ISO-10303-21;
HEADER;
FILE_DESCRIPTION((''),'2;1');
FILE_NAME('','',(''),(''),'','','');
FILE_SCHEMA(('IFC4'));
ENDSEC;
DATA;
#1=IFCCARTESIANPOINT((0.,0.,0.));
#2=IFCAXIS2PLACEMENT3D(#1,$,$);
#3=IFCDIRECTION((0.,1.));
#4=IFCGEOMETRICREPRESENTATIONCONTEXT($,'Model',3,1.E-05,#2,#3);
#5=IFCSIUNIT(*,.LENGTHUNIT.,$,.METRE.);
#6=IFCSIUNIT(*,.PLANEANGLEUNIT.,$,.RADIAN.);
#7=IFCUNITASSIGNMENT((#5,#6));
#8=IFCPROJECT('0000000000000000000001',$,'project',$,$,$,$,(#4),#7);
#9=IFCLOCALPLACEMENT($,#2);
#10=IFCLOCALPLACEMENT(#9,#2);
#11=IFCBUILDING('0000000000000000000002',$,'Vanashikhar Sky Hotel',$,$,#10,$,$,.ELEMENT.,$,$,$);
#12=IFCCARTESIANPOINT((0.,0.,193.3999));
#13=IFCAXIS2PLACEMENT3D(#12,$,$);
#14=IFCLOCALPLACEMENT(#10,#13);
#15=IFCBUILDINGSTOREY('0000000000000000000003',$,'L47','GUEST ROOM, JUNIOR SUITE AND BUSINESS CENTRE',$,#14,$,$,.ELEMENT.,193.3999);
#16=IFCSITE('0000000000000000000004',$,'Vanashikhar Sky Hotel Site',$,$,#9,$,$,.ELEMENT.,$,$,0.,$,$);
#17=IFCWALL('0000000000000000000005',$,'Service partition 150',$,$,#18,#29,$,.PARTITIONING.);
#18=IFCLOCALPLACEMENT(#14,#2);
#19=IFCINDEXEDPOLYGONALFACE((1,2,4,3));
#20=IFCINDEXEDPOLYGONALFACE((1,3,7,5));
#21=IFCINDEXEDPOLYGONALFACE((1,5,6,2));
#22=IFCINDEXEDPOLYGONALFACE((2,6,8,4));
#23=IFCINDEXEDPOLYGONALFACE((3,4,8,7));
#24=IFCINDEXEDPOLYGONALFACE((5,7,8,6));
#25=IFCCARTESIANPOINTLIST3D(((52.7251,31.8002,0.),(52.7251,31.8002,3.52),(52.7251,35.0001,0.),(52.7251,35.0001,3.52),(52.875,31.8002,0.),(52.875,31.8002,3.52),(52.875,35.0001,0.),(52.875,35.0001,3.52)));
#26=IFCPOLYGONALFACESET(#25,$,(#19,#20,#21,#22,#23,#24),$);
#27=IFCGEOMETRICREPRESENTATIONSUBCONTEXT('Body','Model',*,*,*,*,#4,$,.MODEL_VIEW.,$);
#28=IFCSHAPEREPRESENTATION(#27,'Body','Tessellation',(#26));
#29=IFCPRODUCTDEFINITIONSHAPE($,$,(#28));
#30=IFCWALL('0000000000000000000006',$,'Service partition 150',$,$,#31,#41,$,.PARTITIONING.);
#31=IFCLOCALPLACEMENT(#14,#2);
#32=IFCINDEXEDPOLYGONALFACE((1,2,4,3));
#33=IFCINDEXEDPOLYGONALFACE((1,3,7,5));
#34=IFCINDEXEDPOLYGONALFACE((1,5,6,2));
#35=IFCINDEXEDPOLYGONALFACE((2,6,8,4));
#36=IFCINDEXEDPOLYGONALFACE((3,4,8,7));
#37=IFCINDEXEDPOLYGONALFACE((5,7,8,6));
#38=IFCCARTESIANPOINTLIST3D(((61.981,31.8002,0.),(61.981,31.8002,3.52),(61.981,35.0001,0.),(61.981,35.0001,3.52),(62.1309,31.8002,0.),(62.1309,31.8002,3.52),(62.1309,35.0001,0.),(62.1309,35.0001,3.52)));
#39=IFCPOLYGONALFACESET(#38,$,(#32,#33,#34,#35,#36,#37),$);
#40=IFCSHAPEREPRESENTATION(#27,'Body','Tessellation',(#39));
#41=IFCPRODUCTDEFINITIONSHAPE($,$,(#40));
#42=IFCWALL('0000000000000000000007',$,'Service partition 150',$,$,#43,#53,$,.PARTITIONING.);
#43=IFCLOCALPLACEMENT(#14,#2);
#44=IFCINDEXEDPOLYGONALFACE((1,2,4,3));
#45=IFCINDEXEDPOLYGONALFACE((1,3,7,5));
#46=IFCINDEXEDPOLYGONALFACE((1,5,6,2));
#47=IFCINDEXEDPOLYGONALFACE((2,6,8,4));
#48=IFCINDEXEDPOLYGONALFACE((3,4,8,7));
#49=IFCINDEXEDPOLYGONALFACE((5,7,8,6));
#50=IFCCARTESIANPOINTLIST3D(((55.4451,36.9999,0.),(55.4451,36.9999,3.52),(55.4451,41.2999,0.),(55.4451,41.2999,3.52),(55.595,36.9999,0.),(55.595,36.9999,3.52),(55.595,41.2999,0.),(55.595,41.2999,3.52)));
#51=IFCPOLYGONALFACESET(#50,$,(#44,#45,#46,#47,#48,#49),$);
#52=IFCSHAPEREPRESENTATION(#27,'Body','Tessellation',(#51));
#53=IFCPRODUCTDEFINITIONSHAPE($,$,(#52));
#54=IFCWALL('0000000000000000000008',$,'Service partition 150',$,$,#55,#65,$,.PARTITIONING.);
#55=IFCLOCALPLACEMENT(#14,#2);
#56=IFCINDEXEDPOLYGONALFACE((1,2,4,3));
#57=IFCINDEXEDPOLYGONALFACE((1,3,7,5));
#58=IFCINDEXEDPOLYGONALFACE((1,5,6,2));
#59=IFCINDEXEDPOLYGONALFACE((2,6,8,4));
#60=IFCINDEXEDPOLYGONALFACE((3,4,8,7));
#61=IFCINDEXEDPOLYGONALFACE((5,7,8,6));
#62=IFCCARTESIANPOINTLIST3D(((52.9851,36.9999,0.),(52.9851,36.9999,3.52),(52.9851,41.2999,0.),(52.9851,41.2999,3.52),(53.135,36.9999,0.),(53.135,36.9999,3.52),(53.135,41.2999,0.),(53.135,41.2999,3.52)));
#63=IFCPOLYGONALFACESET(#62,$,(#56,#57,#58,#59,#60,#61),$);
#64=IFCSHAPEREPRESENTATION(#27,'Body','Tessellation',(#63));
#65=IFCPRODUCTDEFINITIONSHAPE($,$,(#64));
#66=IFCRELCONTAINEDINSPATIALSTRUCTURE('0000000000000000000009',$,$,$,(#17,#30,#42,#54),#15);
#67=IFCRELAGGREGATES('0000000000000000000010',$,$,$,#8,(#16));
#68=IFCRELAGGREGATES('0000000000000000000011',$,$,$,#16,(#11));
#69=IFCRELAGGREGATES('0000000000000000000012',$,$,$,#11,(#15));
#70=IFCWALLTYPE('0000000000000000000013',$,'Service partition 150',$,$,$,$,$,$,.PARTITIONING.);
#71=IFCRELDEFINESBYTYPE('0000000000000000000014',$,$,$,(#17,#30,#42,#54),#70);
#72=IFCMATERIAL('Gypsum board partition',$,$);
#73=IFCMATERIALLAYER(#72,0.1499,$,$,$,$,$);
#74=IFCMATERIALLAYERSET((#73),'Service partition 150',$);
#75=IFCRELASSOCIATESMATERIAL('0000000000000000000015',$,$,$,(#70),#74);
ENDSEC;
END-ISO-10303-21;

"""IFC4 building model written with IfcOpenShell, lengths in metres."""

from ifc_helpers import new_model, si_unit, direction, frame, frame_2d, origin, place, context, subcontext, project, spatial, rectangle, extrude, source, transform, mapped, material, layer, layer_set, type_object, element, save


model = new_model("IFC4")

# Units and contexts
model_context = context("Model", 3, precision=1e-05, world=origin(), true_north=direction((0.0, 1.0)))
body_context = subcontext(model_context, "Body", "Model", "MODEL_VIEW")
ifc_project = project(units=[si_unit("LENGTHUNIT", "METRE"), si_unit("PLANEANGLEUNIT", "RADIAN")], contexts=[model_context])

# Site, building, storey
site_placement = place(None, origin())
site = spatial("IfcSite", under=ifc_project, at=site_placement, Name="Vanashikhar Sky Hotel Site", CompositionType="ELEMENT", RefElevation=0.0)
building_placement = place(site_placement, origin())
building = spatial("IfcBuilding", under=site, at=building_placement, Name="Vanashikhar Sky Hotel", CompositionType="ELEMENT")
storey_placement = place(building_placement, frame((0.0, 0.0, 193.3999)))
storey = spatial("IfcBuildingStorey", under=building, at=storey_placement, Name="L47", Description="GUEST ROOM, JUNIOR SUITE AND BUSINESS CENTRE", CompositionType="ELEMENT", Elevation=193.3999)

# Walls
ifc_material_1 = material(Name="Gypsum board partition")
ifc_layer_1 = layer(ifc_material_1, 0.1499)
ifc_layer_set_1 = layer_set([ifc_layer_1], Name="Service partition 150")
wall_type_1 = type_object("IfcWallType", Name="Service partition 150", PredefinedType="PARTITIONING", material=ifc_layer_set_1)
shared_shape_1 = source(origin(), body_context, "Body", "SweptSolid", [
    extrude(rectangle(XDim=3.2, YDim=0.1499, at=frame_2d((1.6001, 0.0))), origin(), (0.0, 0.0, 1.0), 3.52),
])
for number, where, z_axis, x_axis, name in (
    (1, (52.8, 31.8, 0.0), (0.0, 0.0, 1.0), (0.0, 1.0, 0.0), "Service partition 150"),
    (2, (62.0559, 31.8, 0.0), (0.0, 0.0, 1.0), (0.0, 1.0, 0.0), "Service partition 150"),
):
    element("IfcWall", number, at=place(storey_placement, frame(where, z_axis=z_axis, x_axis=x_axis)), inside=storey, type_object=wall_type_1, Name=name, PredefinedType="PARTITIONING", context=body_context, shape_type="MappedRepresentation", body=[
        mapped(shared_shape_1, transform((0.0, 0.0, 0.0), scale=1.0)),
    ])
shared_shape_2 = source(origin(), body_context, "Body", "SweptSolid", [
    extrude(rectangle(XDim=4.3, YDim=0.1499, at=frame_2d((2.1499, 0.0))), origin(), (0.0, 0.0, 1.0), 3.52),
])
for number, where, z_axis, x_axis, name in (
    (3, (55.52, 37.0, 0.0), (0.0, 0.0, 1.0), (0.0, 1.0, 0.0), "Service partition 150"),
    (4, (53.0601, 37.0, 0.0), (0.0, 0.0, 1.0), (0.0, 1.0, 0.0), "Service partition 150"),
):
    element("IfcWall", number, at=place(storey_placement, frame(where, z_axis=z_axis, x_axis=x_axis)), inside=storey, type_object=wall_type_1, Name=name, PredefinedType="PARTITIONING", context=body_context, shape_type="MappedRepresentation", body=[
        mapped(shared_shape_2, transform((0.0, 0.0, 0.0), scale=1.0)),
    ])

save(model, "model.ifc")
